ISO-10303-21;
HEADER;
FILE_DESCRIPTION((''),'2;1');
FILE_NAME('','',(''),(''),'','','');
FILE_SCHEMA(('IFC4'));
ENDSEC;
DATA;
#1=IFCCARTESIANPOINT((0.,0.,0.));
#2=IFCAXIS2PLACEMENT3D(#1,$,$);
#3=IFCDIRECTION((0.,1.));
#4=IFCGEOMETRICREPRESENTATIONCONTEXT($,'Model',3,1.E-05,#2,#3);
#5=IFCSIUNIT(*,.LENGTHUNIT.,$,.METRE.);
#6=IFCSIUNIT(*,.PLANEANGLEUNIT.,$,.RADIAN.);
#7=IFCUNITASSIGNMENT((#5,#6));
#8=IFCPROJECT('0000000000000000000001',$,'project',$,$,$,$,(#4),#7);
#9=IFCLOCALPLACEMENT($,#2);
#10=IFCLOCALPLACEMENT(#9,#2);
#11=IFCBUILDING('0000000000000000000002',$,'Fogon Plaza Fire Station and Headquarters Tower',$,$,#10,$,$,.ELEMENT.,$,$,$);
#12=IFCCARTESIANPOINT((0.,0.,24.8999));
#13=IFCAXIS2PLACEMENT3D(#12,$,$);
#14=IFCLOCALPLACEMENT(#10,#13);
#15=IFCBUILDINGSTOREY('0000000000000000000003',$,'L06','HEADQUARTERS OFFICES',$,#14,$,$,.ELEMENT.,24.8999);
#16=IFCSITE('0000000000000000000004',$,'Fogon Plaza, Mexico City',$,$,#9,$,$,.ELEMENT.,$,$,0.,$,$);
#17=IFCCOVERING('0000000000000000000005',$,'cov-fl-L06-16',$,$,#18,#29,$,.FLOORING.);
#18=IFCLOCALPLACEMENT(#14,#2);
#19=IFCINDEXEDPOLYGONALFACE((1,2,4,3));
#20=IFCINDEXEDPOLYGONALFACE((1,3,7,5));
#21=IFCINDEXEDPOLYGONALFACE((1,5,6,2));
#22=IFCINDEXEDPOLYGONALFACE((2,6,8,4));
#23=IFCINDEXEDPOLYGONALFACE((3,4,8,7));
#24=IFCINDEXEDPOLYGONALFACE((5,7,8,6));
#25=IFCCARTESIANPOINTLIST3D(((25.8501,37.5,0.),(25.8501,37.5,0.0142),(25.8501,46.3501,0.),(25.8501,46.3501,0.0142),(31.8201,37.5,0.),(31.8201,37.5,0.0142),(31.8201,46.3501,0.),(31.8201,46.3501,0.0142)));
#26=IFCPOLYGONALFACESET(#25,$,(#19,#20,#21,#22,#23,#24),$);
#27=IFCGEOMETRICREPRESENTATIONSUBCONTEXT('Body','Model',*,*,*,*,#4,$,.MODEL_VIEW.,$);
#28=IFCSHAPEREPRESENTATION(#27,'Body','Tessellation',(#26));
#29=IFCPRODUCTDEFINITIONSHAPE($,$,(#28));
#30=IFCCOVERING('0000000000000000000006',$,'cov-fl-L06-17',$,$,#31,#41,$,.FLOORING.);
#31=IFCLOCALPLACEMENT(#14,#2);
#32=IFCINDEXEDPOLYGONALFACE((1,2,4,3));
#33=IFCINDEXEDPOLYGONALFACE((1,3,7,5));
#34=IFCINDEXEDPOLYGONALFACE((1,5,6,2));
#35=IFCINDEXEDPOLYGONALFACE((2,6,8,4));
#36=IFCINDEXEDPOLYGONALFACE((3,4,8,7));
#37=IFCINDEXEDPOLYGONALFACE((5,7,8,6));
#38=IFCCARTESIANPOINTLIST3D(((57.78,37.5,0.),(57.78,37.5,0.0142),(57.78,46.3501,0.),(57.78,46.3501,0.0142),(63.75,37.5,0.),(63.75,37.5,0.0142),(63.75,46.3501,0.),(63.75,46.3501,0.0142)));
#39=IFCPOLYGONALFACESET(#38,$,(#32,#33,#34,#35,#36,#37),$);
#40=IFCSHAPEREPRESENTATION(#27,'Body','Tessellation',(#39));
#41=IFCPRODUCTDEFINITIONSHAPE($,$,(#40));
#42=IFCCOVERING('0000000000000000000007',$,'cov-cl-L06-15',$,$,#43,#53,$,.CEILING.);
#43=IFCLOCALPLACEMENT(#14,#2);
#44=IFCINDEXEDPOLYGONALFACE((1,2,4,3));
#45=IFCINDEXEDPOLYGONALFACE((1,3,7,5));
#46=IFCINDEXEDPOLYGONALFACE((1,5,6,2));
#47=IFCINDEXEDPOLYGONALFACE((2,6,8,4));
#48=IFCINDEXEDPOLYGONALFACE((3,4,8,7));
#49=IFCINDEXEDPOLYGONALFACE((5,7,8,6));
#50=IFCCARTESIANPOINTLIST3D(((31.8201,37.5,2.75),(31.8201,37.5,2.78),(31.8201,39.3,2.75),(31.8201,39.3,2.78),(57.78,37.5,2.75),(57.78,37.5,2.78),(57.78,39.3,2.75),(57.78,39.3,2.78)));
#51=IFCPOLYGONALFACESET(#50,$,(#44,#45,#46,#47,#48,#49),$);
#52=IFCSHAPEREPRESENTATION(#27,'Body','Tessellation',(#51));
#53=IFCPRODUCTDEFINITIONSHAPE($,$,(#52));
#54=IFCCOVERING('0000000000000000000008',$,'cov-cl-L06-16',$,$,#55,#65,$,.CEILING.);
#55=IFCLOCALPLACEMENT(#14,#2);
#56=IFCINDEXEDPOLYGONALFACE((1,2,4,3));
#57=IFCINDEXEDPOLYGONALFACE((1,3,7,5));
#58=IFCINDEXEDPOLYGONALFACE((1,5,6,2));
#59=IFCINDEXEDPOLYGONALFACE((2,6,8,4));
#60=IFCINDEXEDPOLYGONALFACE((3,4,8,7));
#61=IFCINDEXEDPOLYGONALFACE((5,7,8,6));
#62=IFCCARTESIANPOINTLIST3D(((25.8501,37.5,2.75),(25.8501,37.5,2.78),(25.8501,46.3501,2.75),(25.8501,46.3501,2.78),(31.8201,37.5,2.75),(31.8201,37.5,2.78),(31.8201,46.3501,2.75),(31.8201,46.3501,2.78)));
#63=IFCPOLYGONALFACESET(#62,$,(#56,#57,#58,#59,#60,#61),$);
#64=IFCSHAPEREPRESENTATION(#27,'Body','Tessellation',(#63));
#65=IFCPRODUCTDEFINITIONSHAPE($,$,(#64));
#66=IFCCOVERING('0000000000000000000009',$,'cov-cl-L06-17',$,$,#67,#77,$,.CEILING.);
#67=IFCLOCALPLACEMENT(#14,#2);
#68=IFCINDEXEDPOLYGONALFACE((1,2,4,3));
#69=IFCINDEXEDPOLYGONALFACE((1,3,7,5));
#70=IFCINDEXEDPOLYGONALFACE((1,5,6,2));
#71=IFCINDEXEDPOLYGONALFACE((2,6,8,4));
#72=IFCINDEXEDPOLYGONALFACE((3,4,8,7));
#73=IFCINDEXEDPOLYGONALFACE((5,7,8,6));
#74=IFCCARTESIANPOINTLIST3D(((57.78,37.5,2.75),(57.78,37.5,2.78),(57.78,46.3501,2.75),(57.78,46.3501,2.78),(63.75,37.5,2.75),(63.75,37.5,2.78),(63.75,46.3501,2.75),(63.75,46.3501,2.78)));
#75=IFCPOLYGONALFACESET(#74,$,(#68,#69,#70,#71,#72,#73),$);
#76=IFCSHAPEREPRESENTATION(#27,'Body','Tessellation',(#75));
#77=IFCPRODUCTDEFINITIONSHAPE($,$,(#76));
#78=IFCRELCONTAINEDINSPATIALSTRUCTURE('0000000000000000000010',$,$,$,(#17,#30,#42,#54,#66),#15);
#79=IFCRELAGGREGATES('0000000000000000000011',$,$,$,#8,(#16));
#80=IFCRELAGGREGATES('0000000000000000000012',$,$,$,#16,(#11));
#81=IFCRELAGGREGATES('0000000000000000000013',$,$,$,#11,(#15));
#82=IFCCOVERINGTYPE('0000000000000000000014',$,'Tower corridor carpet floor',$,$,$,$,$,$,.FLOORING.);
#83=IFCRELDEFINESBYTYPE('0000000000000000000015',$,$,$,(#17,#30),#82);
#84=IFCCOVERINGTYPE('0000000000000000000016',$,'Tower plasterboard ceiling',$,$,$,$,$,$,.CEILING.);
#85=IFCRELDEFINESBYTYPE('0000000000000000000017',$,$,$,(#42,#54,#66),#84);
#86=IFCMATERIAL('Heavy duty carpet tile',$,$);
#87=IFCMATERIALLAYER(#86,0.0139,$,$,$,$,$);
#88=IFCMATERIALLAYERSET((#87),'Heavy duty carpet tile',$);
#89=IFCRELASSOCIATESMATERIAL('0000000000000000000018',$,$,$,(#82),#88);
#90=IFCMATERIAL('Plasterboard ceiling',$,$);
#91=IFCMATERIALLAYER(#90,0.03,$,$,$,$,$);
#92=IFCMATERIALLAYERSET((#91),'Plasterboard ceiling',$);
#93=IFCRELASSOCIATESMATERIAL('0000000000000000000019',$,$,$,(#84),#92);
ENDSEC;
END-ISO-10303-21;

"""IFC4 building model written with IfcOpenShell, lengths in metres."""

from ifc_helpers import new_model, si_unit, direction, frame, origin, place, context, subcontext, project, spatial, polyline, outline, extrude, material, layer, layer_set, type_object, element, save


model = new_model("IFC4")

# Units and contexts
model_context = context("Model", 3, precision=1e-05, world=origin(), true_north=direction((0.0, 1.0)))
body_context = subcontext(model_context, "Body", "Model", "MODEL_VIEW")
ifc_project = project(units=[si_unit("LENGTHUNIT", "METRE"), si_unit("PLANEANGLEUNIT", "RADIAN")], contexts=[model_context])

# Site, building, storey
site_placement = place(None, origin())
site = spatial("IfcSite", under=ifc_project, at=site_placement, Name="Fogon Plaza, Mexico City", CompositionType="ELEMENT", RefElevation=0.0)
building_placement = place(site_placement, origin())
building = spatial("IfcBuilding", under=site, at=building_placement, Name="Fogon Plaza Fire Station and Headquarters Tower", CompositionType="ELEMENT")
storey_placement = place(building_placement, frame((0.0, 0.0, 24.8999)))
storey = spatial("IfcBuildingStorey", under=building, at=storey_placement, Name="L06", Description="HEADQUARTERS OFFICES", CompositionType="ELEMENT", Elevation=24.8999)

# Coverings
ifc_material_1 = material(Name="Heavy duty carpet tile")
ifc_layer_1 = layer(ifc_material_1, 0.0139)
ifc_layer_set_1 = layer_set([ifc_layer_1], Name="Heavy duty carpet tile")
covering_type_1 = type_object("IfcCoveringType", Name="Tower corridor carpet floor", PredefinedType="FLOORING", material=ifc_layer_set_1)
covering_1_placement = place(storey_placement, origin())
element("IfcCovering", 1, at=covering_1_placement, inside=storey, type_object=covering_type_1, Name="cov-fl-L06-16", PredefinedType="FLOORING", context=body_context, shape_type="SweptSolid", body=[
    extrude(outline(polyline([(31.8201, 37.5), (31.8201, 46.3501), (25.8501, 46.3501), (25.8501, 37.5), (31.8201, 37.5)])), origin(), (0.0, 0.0, 1.0), 0.0142),
])
covering_2_placement = place(storey_placement, origin())
element("IfcCovering", 2, at=covering_2_placement, inside=storey, type_object=covering_type_1, Name="cov-fl-L06-17", PredefinedType="FLOORING", context=body_context, shape_type="SweptSolid", body=[
    extrude(outline(polyline([(63.75, 37.5), (63.75, 46.3501), (57.78, 46.3501), (57.78, 37.5), (63.75, 37.5)])), origin(), (0.0, 0.0, 1.0), 0.0142),
])
ifc_material_2 = material(Name="Plasterboard ceiling")
ifc_layer_2 = layer(ifc_material_2, 0.03)
ifc_layer_set_2 = layer_set([ifc_layer_2], Name="Plasterboard ceiling")
covering_type_2 = type_object("IfcCoveringType", Name="Tower plasterboard ceiling", PredefinedType="CEILING", material=ifc_layer_set_2)
covering_3_placement = place(storey_placement, frame((0.0, 0.0, 2.75)))
element("IfcCovering", 3, at=covering_3_placement, inside=storey, type_object=covering_type_2, Name="cov-cl-L06-15", PredefinedType="CEILING", context=body_context, shape_type="SweptSolid", body=[
    extrude(outline(polyline([(57.78, 37.5), (57.78, 39.3), (31.8201, 39.3), (31.8201, 37.5), (57.78, 37.5)])), origin(), (0.0, 0.0, 1.0), 0.03),
])
covering_4_placement = place(storey_placement, frame((0.0, 0.0, 2.75)))
element("IfcCovering", 4, at=covering_4_placement, inside=storey, type_object=covering_type_2, Name="cov-cl-L06-16", PredefinedType="CEILING", context=body_context, shape_type="SweptSolid", body=[
    extrude(outline(polyline([(31.8201, 37.5), (31.8201, 46.3501), (25.8501, 46.3501), (25.8501, 37.5), (31.8201, 37.5)])), origin(), (0.0, 0.0, 1.0), 0.03),
])
covering_5_placement = place(storey_placement, frame((0.0, 0.0, 2.75)))
element("IfcCovering", 5, at=covering_5_placement, inside=storey, type_object=covering_type_2, Name="cov-cl-L06-17", PredefinedType="CEILING", context=body_context, shape_type="SweptSolid", body=[
    extrude(outline(polyline([(63.75, 37.5), (63.75, 46.3501), (57.78, 46.3501), (57.78, 37.5), (63.75, 37.5)])), origin(), (0.0, 0.0, 1.0), 0.03),
])

save(model, "model.ifc")
